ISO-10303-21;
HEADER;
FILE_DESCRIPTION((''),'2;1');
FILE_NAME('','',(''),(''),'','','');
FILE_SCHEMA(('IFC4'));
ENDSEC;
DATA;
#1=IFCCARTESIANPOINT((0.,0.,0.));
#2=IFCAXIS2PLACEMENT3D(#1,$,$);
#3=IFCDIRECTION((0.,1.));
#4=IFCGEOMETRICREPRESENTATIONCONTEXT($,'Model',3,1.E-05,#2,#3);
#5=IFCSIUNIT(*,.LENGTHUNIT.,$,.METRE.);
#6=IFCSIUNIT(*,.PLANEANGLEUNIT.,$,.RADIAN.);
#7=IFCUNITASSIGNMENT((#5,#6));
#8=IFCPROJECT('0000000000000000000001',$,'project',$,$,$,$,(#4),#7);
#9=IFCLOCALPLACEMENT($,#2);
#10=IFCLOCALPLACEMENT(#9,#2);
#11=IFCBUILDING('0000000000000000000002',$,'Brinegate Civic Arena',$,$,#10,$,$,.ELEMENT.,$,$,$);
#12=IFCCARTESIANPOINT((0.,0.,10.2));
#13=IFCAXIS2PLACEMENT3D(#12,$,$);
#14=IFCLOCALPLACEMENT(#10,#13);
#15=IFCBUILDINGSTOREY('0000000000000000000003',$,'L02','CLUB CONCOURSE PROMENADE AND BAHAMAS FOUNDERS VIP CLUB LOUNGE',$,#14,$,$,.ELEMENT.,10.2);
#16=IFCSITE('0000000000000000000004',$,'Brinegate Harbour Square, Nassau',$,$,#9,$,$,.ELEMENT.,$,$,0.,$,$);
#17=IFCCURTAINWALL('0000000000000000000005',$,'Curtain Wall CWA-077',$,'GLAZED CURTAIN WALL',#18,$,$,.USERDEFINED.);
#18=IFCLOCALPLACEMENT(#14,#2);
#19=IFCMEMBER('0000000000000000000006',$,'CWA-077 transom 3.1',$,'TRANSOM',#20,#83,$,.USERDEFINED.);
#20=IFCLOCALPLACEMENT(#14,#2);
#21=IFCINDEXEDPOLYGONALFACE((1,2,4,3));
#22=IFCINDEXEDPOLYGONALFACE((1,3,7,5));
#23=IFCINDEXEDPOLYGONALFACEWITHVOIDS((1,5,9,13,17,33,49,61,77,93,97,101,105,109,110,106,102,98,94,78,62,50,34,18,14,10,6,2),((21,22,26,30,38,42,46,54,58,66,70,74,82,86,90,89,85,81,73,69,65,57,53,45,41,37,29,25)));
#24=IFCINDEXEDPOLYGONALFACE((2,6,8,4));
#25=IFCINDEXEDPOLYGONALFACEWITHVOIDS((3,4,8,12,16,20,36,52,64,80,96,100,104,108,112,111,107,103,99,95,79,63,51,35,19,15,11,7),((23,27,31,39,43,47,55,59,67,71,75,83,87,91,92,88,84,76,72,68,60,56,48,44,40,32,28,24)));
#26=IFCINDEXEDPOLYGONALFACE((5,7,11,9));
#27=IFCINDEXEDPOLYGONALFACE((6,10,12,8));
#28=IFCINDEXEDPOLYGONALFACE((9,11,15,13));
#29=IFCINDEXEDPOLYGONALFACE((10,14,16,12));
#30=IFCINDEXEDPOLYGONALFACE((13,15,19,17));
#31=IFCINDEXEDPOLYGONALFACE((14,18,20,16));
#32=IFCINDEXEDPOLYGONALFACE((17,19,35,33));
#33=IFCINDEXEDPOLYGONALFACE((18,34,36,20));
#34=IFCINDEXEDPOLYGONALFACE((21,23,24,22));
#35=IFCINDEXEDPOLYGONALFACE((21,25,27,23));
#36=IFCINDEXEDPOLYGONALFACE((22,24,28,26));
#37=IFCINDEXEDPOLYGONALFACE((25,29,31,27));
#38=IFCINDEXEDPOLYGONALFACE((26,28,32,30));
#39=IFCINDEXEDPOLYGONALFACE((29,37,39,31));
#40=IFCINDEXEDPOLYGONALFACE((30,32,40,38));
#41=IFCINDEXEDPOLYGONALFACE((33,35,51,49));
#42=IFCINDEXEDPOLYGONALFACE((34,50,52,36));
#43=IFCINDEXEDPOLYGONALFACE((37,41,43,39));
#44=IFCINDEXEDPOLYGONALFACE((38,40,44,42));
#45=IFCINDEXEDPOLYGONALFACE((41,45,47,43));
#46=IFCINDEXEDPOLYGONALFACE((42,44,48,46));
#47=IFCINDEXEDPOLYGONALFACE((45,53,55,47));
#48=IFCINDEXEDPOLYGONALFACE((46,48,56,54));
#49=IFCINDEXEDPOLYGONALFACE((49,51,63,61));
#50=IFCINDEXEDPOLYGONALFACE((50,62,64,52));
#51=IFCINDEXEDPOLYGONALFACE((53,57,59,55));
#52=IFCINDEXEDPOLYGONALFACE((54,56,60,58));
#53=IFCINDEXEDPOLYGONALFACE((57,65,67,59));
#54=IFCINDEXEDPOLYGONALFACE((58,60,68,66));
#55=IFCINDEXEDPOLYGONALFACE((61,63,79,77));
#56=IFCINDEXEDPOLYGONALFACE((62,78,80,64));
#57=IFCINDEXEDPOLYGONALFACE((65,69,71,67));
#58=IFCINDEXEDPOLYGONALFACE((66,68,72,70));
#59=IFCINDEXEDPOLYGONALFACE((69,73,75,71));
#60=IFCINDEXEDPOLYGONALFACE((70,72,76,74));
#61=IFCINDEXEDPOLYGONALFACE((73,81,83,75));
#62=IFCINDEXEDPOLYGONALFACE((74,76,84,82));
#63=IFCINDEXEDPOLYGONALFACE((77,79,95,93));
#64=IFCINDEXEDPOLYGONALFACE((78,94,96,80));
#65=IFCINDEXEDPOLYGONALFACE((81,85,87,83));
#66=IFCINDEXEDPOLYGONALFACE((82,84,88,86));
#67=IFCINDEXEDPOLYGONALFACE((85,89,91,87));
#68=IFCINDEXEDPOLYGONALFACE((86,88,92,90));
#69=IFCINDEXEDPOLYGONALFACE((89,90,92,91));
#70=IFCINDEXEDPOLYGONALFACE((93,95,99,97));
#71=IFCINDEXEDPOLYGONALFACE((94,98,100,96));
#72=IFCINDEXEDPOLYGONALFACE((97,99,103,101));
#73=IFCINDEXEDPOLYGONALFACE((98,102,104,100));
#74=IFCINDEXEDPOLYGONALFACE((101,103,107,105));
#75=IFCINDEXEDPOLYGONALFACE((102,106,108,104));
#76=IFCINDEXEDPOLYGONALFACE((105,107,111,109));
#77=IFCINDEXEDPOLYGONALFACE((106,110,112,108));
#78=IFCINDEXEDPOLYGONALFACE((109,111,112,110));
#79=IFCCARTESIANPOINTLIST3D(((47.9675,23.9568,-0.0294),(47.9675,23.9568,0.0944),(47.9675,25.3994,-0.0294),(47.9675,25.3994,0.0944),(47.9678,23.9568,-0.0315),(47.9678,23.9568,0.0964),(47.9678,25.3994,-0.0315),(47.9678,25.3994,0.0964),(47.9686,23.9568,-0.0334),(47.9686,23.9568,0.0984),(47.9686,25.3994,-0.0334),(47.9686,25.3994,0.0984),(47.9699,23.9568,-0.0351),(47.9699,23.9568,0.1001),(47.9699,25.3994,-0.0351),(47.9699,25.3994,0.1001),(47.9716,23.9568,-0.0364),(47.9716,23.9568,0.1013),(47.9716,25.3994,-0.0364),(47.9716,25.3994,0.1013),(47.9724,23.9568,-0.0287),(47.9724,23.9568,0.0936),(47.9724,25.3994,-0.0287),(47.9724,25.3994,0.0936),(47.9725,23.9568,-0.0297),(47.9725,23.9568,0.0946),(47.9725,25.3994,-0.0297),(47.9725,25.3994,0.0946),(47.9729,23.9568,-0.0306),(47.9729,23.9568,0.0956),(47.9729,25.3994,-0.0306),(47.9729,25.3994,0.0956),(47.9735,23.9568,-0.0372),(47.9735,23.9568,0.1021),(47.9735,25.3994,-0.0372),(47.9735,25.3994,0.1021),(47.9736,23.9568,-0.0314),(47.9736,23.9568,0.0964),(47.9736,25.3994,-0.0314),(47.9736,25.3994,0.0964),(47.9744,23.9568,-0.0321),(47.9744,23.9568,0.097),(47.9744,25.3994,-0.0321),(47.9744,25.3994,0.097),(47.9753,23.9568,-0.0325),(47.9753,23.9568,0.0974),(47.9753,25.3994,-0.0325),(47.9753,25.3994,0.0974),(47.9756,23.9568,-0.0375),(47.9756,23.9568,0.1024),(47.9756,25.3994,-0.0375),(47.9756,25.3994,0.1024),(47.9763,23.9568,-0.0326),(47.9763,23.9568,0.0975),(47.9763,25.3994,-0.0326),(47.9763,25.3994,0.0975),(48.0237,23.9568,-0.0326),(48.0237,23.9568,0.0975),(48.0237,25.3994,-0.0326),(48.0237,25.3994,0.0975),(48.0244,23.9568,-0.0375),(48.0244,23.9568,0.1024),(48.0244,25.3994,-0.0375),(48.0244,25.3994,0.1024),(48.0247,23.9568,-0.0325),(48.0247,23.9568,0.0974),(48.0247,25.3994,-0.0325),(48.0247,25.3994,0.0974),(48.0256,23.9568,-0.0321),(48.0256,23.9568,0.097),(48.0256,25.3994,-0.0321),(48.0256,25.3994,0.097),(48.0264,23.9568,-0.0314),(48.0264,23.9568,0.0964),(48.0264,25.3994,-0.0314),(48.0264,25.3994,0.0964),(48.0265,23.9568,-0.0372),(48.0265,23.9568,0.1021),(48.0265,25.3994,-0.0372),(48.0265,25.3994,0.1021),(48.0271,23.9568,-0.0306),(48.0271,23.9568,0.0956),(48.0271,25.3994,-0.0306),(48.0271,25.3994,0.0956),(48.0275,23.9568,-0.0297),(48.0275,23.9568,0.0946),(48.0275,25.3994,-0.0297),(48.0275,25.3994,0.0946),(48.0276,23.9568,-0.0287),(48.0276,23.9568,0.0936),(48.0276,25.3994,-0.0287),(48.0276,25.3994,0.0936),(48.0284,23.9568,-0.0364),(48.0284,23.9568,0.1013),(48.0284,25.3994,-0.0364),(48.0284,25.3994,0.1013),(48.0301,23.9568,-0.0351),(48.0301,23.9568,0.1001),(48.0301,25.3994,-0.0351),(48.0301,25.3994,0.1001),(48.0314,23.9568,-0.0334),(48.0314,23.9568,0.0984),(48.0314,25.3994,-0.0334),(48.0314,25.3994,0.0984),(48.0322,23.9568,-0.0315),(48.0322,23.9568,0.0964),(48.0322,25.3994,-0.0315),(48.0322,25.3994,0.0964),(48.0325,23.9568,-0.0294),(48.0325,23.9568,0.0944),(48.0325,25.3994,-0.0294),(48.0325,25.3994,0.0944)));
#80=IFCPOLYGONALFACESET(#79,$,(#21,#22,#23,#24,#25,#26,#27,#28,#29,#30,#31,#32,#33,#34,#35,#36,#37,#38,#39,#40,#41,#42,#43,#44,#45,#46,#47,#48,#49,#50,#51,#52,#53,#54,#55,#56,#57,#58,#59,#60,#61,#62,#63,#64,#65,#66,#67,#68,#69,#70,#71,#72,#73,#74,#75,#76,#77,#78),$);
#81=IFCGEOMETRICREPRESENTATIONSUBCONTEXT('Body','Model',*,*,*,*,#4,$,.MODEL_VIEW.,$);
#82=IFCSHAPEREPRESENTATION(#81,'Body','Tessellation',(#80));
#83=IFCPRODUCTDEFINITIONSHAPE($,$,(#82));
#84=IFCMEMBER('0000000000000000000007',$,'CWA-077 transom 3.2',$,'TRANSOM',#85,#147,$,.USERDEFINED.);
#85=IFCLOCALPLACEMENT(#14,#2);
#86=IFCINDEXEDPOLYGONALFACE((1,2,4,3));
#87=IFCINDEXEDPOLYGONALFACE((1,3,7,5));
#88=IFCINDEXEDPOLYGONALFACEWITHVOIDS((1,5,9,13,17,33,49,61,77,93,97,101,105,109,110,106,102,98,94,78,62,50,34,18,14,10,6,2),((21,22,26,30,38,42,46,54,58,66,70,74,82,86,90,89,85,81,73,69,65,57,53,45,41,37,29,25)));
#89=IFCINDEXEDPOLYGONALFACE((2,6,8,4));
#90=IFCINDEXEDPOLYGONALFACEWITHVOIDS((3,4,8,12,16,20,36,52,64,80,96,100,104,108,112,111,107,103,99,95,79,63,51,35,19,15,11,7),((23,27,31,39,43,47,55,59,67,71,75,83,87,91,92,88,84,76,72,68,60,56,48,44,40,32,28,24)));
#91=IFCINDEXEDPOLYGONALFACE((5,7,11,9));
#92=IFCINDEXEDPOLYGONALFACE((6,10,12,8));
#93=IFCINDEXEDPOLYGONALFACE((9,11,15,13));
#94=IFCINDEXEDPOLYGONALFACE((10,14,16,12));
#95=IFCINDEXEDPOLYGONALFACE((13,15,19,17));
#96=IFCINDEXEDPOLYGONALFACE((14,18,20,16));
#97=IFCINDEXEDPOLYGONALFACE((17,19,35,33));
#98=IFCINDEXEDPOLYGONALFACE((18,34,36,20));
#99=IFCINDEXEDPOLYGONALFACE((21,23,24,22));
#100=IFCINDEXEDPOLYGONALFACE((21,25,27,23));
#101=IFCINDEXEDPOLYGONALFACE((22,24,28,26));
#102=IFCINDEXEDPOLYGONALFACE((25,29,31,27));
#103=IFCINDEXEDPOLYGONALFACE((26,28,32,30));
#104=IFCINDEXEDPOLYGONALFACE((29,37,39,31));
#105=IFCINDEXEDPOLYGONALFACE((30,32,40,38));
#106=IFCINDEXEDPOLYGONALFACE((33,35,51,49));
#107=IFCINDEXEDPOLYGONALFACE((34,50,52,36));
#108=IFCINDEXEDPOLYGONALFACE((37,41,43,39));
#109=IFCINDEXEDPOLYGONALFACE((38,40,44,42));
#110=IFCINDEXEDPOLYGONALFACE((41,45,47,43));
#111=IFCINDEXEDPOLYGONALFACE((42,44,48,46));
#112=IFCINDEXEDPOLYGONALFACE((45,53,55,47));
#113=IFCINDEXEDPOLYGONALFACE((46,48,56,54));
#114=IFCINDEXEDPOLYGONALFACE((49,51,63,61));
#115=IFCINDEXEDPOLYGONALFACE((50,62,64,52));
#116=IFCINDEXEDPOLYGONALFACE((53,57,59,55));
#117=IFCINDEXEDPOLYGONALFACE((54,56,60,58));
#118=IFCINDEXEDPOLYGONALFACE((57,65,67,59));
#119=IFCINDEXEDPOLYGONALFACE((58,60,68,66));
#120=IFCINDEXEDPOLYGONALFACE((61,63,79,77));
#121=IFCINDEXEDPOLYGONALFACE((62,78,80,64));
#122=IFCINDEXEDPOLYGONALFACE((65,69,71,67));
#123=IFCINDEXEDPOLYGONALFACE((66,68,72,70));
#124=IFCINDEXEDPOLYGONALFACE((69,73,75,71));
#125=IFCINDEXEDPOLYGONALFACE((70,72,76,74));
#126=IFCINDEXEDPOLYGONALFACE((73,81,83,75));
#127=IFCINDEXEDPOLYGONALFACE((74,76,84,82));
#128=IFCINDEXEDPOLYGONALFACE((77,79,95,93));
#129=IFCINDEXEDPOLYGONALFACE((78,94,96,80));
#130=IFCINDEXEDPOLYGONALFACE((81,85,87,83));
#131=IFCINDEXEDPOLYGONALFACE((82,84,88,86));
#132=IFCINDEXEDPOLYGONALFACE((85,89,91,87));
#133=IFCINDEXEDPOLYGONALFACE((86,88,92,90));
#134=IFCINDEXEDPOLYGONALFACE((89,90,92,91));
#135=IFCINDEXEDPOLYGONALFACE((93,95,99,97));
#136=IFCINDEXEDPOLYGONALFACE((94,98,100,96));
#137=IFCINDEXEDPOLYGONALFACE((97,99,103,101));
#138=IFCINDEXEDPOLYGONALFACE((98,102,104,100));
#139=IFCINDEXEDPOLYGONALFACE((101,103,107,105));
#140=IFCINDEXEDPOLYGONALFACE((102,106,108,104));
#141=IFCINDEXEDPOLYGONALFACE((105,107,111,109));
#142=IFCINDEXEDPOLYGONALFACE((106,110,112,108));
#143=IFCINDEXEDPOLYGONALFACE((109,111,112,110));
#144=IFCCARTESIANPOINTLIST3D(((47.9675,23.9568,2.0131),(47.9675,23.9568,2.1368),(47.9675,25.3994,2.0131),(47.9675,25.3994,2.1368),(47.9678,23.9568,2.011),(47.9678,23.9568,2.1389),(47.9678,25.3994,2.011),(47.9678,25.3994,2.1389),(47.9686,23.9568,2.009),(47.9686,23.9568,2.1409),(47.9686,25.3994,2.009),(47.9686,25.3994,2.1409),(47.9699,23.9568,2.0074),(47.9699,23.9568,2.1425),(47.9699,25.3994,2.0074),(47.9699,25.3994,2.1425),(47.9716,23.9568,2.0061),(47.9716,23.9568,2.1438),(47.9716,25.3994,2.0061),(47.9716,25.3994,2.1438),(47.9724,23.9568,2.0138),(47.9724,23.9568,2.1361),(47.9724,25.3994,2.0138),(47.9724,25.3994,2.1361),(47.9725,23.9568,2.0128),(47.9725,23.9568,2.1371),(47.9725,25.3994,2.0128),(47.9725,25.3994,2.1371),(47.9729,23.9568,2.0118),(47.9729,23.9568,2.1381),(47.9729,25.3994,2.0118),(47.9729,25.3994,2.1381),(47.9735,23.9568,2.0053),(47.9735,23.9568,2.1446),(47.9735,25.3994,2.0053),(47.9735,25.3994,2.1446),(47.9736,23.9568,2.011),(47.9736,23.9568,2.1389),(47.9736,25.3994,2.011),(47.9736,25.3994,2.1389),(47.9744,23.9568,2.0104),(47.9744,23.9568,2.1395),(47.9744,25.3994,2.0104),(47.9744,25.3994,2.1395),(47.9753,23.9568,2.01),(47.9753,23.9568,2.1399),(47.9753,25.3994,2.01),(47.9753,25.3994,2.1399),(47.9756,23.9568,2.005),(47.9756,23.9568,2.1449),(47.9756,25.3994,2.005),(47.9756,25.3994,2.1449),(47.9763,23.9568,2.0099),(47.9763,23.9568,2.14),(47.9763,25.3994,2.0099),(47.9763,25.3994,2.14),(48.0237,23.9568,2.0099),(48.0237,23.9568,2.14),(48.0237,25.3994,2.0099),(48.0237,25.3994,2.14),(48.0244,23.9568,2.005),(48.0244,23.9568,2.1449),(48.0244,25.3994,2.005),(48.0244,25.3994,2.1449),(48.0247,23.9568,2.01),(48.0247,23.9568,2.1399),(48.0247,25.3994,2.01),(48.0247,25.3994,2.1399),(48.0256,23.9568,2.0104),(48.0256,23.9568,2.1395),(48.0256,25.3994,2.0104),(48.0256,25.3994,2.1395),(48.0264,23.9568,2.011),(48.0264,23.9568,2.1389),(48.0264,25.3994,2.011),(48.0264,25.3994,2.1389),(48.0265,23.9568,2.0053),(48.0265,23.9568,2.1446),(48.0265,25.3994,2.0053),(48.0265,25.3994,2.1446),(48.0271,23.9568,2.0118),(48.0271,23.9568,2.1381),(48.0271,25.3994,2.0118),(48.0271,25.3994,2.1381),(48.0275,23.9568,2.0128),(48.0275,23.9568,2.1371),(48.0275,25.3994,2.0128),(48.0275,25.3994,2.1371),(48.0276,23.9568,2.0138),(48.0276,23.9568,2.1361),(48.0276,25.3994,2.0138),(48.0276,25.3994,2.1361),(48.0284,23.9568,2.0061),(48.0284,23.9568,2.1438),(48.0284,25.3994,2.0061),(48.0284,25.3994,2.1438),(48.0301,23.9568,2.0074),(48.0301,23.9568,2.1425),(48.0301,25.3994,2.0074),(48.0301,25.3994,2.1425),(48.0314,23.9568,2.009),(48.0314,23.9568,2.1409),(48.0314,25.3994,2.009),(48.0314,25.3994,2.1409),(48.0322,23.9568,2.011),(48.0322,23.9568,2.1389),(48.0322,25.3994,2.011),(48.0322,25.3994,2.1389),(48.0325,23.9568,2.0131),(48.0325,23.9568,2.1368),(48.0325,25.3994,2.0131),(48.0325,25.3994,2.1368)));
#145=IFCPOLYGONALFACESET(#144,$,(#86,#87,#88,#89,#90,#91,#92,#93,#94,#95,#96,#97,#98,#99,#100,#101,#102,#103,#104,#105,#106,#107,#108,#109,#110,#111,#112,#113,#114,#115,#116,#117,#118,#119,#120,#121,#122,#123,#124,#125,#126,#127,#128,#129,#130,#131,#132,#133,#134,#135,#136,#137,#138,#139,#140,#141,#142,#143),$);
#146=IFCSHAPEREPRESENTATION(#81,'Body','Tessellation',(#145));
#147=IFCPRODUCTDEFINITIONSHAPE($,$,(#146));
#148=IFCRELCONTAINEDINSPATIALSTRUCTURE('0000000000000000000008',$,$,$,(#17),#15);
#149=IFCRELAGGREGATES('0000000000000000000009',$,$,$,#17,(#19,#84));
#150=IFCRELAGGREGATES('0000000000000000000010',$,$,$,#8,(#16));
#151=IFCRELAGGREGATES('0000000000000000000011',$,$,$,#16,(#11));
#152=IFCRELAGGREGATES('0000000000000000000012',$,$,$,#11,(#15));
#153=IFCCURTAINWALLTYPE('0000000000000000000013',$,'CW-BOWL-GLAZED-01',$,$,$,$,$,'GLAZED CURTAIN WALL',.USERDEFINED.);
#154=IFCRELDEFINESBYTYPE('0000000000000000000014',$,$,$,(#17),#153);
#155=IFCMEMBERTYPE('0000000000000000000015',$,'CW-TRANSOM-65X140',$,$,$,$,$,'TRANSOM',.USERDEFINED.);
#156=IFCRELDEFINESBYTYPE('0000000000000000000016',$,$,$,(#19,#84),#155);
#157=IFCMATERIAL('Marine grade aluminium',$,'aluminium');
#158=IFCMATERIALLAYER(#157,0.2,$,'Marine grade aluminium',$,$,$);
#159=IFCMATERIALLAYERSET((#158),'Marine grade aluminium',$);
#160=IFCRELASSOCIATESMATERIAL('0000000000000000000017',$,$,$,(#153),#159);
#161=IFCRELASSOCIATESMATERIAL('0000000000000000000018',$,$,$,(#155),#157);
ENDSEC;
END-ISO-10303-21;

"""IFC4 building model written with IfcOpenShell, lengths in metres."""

from ifc_helpers import new_model, si_unit, direction, frame, origin, origin_2d, place, context, subcontext, project, spatial, hollow_rectangle, extrude, material, layer, layer_set, material_profile, profile_set, type_object, element, aggregate, save


model = new_model("IFC4")

# Units and contexts
model_context = context("Model", 3, precision=1e-05, world=origin(), true_north=direction((0.0, 1.0)))
body_context = subcontext(model_context, "Body", "Model", "MODEL_VIEW")
ifc_project = project(units=[si_unit("LENGTHUNIT", "METRE"), si_unit("PLANEANGLEUNIT", "RADIAN")], contexts=[model_context])

# Site, building, storey
site_placement = place(None, origin())
site = spatial("IfcSite", under=ifc_project, at=site_placement, Name="Brinegate Harbour Square, Nassau", CompositionType="ELEMENT", RefElevation=0.0)
building_placement = place(site_placement, origin())
building = spatial("IfcBuilding", under=site, at=building_placement, Name="Brinegate Civic Arena", CompositionType="ELEMENT")
storey_placement = place(building_placement, frame((0.0, 0.0, 10.2)))
storey = spatial("IfcBuildingStorey", under=building, at=storey_placement, Name="L02", Description="CLUB CONCOURSE PROMENADE AND BAHAMAS FOUNDERS VIP CLUB LOUNGE", CompositionType="ELEMENT", Elevation=10.2)

# Curtain wall
ifc_material_1 = material(Name="Marine grade aluminium", Category="aluminium")
ifc_layer_1 = layer(ifc_material_1, 0.2, Name="Marine grade aluminium")
ifc_layer_set_1 = layer_set([ifc_layer_1], Name="Marine grade aluminium")
curtain_wall_type = type_object("IfcCurtainWallType", Name="CW-BOWL-GLAZED-01", ElementType="GLAZED CURTAIN WALL", PredefinedType="USERDEFINED", material=ifc_layer_set_1)
curtain_wall_1_placement = place(storey_placement, origin())
curtain_wall_1 = element("IfcCurtainWall", 1, at=curtain_wall_1_placement, inside=storey, type_object=curtain_wall_type, Name="Curtain Wall CWA-077", ObjectType="GLAZED CURTAIN WALL", PredefinedType="USERDEFINED")

# Members
ifc_material_profile_1 = material_profile(ifc_material_1, hollow_rectangle(XDim=0.0649, YDim=0.1399, WallThickness=0.0049, InnerFilletRadius=0.0039, OuterFilletRadius=0.0081, at=origin_2d()), Name="TRN65X140")
ifc_profile_set_1 = profile_set([ifc_material_profile_1], Name="Marine grade aluminium")
member_type_1 = type_object("IfcMemberType", Name="CW-TRANSOM-65X140", ElementType="TRANSOM", PredefinedType="USERDEFINED", material=ifc_profile_set_1)
member_1_placement = place(storey_placement, frame((48.0, 23.9568, 0.0325), z_axis=(0.0, 1.0, 0.0), x_axis=(-1.0, 0.0, 0.0)))
member_1 = element("IfcMember", 2, at=member_1_placement, type_object=member_type_1, Name="CWA-077 transom 3.1", ObjectType="TRANSOM", PredefinedType="USERDEFINED", context=body_context, shape_type="SweptSolid", body=[
    extrude(hollow_rectangle(XDim=0.0649, YDim=0.1399, WallThickness=0.0049, InnerFilletRadius=0.0039, OuterFilletRadius=0.0081, at=origin_2d()), origin(), (0.0, 0.0, 1.0), 1.4426),
])
member_2_placement = place(storey_placement, frame((48.0, 23.9568, 2.075), z_axis=(0.0, 1.0, 0.0), x_axis=(-1.0, 0.0, 0.0)))
member_2 = element("IfcMember", 3, at=member_2_placement, type_object=member_type_1, Name="CWA-077 transom 3.2", ObjectType="TRANSOM", PredefinedType="USERDEFINED", context=body_context, shape_type="SweptSolid", body=[
    extrude(hollow_rectangle(XDim=0.0649, YDim=0.1399, WallThickness=0.0049, InnerFilletRadius=0.0039, OuterFilletRadius=0.0081, at=origin_2d()), origin(), (0.0, 0.0, 1.0), 1.4426),
])

aggregate(curtain_wall_1, [member_1, member_2])

save(model, "model.ifc")
